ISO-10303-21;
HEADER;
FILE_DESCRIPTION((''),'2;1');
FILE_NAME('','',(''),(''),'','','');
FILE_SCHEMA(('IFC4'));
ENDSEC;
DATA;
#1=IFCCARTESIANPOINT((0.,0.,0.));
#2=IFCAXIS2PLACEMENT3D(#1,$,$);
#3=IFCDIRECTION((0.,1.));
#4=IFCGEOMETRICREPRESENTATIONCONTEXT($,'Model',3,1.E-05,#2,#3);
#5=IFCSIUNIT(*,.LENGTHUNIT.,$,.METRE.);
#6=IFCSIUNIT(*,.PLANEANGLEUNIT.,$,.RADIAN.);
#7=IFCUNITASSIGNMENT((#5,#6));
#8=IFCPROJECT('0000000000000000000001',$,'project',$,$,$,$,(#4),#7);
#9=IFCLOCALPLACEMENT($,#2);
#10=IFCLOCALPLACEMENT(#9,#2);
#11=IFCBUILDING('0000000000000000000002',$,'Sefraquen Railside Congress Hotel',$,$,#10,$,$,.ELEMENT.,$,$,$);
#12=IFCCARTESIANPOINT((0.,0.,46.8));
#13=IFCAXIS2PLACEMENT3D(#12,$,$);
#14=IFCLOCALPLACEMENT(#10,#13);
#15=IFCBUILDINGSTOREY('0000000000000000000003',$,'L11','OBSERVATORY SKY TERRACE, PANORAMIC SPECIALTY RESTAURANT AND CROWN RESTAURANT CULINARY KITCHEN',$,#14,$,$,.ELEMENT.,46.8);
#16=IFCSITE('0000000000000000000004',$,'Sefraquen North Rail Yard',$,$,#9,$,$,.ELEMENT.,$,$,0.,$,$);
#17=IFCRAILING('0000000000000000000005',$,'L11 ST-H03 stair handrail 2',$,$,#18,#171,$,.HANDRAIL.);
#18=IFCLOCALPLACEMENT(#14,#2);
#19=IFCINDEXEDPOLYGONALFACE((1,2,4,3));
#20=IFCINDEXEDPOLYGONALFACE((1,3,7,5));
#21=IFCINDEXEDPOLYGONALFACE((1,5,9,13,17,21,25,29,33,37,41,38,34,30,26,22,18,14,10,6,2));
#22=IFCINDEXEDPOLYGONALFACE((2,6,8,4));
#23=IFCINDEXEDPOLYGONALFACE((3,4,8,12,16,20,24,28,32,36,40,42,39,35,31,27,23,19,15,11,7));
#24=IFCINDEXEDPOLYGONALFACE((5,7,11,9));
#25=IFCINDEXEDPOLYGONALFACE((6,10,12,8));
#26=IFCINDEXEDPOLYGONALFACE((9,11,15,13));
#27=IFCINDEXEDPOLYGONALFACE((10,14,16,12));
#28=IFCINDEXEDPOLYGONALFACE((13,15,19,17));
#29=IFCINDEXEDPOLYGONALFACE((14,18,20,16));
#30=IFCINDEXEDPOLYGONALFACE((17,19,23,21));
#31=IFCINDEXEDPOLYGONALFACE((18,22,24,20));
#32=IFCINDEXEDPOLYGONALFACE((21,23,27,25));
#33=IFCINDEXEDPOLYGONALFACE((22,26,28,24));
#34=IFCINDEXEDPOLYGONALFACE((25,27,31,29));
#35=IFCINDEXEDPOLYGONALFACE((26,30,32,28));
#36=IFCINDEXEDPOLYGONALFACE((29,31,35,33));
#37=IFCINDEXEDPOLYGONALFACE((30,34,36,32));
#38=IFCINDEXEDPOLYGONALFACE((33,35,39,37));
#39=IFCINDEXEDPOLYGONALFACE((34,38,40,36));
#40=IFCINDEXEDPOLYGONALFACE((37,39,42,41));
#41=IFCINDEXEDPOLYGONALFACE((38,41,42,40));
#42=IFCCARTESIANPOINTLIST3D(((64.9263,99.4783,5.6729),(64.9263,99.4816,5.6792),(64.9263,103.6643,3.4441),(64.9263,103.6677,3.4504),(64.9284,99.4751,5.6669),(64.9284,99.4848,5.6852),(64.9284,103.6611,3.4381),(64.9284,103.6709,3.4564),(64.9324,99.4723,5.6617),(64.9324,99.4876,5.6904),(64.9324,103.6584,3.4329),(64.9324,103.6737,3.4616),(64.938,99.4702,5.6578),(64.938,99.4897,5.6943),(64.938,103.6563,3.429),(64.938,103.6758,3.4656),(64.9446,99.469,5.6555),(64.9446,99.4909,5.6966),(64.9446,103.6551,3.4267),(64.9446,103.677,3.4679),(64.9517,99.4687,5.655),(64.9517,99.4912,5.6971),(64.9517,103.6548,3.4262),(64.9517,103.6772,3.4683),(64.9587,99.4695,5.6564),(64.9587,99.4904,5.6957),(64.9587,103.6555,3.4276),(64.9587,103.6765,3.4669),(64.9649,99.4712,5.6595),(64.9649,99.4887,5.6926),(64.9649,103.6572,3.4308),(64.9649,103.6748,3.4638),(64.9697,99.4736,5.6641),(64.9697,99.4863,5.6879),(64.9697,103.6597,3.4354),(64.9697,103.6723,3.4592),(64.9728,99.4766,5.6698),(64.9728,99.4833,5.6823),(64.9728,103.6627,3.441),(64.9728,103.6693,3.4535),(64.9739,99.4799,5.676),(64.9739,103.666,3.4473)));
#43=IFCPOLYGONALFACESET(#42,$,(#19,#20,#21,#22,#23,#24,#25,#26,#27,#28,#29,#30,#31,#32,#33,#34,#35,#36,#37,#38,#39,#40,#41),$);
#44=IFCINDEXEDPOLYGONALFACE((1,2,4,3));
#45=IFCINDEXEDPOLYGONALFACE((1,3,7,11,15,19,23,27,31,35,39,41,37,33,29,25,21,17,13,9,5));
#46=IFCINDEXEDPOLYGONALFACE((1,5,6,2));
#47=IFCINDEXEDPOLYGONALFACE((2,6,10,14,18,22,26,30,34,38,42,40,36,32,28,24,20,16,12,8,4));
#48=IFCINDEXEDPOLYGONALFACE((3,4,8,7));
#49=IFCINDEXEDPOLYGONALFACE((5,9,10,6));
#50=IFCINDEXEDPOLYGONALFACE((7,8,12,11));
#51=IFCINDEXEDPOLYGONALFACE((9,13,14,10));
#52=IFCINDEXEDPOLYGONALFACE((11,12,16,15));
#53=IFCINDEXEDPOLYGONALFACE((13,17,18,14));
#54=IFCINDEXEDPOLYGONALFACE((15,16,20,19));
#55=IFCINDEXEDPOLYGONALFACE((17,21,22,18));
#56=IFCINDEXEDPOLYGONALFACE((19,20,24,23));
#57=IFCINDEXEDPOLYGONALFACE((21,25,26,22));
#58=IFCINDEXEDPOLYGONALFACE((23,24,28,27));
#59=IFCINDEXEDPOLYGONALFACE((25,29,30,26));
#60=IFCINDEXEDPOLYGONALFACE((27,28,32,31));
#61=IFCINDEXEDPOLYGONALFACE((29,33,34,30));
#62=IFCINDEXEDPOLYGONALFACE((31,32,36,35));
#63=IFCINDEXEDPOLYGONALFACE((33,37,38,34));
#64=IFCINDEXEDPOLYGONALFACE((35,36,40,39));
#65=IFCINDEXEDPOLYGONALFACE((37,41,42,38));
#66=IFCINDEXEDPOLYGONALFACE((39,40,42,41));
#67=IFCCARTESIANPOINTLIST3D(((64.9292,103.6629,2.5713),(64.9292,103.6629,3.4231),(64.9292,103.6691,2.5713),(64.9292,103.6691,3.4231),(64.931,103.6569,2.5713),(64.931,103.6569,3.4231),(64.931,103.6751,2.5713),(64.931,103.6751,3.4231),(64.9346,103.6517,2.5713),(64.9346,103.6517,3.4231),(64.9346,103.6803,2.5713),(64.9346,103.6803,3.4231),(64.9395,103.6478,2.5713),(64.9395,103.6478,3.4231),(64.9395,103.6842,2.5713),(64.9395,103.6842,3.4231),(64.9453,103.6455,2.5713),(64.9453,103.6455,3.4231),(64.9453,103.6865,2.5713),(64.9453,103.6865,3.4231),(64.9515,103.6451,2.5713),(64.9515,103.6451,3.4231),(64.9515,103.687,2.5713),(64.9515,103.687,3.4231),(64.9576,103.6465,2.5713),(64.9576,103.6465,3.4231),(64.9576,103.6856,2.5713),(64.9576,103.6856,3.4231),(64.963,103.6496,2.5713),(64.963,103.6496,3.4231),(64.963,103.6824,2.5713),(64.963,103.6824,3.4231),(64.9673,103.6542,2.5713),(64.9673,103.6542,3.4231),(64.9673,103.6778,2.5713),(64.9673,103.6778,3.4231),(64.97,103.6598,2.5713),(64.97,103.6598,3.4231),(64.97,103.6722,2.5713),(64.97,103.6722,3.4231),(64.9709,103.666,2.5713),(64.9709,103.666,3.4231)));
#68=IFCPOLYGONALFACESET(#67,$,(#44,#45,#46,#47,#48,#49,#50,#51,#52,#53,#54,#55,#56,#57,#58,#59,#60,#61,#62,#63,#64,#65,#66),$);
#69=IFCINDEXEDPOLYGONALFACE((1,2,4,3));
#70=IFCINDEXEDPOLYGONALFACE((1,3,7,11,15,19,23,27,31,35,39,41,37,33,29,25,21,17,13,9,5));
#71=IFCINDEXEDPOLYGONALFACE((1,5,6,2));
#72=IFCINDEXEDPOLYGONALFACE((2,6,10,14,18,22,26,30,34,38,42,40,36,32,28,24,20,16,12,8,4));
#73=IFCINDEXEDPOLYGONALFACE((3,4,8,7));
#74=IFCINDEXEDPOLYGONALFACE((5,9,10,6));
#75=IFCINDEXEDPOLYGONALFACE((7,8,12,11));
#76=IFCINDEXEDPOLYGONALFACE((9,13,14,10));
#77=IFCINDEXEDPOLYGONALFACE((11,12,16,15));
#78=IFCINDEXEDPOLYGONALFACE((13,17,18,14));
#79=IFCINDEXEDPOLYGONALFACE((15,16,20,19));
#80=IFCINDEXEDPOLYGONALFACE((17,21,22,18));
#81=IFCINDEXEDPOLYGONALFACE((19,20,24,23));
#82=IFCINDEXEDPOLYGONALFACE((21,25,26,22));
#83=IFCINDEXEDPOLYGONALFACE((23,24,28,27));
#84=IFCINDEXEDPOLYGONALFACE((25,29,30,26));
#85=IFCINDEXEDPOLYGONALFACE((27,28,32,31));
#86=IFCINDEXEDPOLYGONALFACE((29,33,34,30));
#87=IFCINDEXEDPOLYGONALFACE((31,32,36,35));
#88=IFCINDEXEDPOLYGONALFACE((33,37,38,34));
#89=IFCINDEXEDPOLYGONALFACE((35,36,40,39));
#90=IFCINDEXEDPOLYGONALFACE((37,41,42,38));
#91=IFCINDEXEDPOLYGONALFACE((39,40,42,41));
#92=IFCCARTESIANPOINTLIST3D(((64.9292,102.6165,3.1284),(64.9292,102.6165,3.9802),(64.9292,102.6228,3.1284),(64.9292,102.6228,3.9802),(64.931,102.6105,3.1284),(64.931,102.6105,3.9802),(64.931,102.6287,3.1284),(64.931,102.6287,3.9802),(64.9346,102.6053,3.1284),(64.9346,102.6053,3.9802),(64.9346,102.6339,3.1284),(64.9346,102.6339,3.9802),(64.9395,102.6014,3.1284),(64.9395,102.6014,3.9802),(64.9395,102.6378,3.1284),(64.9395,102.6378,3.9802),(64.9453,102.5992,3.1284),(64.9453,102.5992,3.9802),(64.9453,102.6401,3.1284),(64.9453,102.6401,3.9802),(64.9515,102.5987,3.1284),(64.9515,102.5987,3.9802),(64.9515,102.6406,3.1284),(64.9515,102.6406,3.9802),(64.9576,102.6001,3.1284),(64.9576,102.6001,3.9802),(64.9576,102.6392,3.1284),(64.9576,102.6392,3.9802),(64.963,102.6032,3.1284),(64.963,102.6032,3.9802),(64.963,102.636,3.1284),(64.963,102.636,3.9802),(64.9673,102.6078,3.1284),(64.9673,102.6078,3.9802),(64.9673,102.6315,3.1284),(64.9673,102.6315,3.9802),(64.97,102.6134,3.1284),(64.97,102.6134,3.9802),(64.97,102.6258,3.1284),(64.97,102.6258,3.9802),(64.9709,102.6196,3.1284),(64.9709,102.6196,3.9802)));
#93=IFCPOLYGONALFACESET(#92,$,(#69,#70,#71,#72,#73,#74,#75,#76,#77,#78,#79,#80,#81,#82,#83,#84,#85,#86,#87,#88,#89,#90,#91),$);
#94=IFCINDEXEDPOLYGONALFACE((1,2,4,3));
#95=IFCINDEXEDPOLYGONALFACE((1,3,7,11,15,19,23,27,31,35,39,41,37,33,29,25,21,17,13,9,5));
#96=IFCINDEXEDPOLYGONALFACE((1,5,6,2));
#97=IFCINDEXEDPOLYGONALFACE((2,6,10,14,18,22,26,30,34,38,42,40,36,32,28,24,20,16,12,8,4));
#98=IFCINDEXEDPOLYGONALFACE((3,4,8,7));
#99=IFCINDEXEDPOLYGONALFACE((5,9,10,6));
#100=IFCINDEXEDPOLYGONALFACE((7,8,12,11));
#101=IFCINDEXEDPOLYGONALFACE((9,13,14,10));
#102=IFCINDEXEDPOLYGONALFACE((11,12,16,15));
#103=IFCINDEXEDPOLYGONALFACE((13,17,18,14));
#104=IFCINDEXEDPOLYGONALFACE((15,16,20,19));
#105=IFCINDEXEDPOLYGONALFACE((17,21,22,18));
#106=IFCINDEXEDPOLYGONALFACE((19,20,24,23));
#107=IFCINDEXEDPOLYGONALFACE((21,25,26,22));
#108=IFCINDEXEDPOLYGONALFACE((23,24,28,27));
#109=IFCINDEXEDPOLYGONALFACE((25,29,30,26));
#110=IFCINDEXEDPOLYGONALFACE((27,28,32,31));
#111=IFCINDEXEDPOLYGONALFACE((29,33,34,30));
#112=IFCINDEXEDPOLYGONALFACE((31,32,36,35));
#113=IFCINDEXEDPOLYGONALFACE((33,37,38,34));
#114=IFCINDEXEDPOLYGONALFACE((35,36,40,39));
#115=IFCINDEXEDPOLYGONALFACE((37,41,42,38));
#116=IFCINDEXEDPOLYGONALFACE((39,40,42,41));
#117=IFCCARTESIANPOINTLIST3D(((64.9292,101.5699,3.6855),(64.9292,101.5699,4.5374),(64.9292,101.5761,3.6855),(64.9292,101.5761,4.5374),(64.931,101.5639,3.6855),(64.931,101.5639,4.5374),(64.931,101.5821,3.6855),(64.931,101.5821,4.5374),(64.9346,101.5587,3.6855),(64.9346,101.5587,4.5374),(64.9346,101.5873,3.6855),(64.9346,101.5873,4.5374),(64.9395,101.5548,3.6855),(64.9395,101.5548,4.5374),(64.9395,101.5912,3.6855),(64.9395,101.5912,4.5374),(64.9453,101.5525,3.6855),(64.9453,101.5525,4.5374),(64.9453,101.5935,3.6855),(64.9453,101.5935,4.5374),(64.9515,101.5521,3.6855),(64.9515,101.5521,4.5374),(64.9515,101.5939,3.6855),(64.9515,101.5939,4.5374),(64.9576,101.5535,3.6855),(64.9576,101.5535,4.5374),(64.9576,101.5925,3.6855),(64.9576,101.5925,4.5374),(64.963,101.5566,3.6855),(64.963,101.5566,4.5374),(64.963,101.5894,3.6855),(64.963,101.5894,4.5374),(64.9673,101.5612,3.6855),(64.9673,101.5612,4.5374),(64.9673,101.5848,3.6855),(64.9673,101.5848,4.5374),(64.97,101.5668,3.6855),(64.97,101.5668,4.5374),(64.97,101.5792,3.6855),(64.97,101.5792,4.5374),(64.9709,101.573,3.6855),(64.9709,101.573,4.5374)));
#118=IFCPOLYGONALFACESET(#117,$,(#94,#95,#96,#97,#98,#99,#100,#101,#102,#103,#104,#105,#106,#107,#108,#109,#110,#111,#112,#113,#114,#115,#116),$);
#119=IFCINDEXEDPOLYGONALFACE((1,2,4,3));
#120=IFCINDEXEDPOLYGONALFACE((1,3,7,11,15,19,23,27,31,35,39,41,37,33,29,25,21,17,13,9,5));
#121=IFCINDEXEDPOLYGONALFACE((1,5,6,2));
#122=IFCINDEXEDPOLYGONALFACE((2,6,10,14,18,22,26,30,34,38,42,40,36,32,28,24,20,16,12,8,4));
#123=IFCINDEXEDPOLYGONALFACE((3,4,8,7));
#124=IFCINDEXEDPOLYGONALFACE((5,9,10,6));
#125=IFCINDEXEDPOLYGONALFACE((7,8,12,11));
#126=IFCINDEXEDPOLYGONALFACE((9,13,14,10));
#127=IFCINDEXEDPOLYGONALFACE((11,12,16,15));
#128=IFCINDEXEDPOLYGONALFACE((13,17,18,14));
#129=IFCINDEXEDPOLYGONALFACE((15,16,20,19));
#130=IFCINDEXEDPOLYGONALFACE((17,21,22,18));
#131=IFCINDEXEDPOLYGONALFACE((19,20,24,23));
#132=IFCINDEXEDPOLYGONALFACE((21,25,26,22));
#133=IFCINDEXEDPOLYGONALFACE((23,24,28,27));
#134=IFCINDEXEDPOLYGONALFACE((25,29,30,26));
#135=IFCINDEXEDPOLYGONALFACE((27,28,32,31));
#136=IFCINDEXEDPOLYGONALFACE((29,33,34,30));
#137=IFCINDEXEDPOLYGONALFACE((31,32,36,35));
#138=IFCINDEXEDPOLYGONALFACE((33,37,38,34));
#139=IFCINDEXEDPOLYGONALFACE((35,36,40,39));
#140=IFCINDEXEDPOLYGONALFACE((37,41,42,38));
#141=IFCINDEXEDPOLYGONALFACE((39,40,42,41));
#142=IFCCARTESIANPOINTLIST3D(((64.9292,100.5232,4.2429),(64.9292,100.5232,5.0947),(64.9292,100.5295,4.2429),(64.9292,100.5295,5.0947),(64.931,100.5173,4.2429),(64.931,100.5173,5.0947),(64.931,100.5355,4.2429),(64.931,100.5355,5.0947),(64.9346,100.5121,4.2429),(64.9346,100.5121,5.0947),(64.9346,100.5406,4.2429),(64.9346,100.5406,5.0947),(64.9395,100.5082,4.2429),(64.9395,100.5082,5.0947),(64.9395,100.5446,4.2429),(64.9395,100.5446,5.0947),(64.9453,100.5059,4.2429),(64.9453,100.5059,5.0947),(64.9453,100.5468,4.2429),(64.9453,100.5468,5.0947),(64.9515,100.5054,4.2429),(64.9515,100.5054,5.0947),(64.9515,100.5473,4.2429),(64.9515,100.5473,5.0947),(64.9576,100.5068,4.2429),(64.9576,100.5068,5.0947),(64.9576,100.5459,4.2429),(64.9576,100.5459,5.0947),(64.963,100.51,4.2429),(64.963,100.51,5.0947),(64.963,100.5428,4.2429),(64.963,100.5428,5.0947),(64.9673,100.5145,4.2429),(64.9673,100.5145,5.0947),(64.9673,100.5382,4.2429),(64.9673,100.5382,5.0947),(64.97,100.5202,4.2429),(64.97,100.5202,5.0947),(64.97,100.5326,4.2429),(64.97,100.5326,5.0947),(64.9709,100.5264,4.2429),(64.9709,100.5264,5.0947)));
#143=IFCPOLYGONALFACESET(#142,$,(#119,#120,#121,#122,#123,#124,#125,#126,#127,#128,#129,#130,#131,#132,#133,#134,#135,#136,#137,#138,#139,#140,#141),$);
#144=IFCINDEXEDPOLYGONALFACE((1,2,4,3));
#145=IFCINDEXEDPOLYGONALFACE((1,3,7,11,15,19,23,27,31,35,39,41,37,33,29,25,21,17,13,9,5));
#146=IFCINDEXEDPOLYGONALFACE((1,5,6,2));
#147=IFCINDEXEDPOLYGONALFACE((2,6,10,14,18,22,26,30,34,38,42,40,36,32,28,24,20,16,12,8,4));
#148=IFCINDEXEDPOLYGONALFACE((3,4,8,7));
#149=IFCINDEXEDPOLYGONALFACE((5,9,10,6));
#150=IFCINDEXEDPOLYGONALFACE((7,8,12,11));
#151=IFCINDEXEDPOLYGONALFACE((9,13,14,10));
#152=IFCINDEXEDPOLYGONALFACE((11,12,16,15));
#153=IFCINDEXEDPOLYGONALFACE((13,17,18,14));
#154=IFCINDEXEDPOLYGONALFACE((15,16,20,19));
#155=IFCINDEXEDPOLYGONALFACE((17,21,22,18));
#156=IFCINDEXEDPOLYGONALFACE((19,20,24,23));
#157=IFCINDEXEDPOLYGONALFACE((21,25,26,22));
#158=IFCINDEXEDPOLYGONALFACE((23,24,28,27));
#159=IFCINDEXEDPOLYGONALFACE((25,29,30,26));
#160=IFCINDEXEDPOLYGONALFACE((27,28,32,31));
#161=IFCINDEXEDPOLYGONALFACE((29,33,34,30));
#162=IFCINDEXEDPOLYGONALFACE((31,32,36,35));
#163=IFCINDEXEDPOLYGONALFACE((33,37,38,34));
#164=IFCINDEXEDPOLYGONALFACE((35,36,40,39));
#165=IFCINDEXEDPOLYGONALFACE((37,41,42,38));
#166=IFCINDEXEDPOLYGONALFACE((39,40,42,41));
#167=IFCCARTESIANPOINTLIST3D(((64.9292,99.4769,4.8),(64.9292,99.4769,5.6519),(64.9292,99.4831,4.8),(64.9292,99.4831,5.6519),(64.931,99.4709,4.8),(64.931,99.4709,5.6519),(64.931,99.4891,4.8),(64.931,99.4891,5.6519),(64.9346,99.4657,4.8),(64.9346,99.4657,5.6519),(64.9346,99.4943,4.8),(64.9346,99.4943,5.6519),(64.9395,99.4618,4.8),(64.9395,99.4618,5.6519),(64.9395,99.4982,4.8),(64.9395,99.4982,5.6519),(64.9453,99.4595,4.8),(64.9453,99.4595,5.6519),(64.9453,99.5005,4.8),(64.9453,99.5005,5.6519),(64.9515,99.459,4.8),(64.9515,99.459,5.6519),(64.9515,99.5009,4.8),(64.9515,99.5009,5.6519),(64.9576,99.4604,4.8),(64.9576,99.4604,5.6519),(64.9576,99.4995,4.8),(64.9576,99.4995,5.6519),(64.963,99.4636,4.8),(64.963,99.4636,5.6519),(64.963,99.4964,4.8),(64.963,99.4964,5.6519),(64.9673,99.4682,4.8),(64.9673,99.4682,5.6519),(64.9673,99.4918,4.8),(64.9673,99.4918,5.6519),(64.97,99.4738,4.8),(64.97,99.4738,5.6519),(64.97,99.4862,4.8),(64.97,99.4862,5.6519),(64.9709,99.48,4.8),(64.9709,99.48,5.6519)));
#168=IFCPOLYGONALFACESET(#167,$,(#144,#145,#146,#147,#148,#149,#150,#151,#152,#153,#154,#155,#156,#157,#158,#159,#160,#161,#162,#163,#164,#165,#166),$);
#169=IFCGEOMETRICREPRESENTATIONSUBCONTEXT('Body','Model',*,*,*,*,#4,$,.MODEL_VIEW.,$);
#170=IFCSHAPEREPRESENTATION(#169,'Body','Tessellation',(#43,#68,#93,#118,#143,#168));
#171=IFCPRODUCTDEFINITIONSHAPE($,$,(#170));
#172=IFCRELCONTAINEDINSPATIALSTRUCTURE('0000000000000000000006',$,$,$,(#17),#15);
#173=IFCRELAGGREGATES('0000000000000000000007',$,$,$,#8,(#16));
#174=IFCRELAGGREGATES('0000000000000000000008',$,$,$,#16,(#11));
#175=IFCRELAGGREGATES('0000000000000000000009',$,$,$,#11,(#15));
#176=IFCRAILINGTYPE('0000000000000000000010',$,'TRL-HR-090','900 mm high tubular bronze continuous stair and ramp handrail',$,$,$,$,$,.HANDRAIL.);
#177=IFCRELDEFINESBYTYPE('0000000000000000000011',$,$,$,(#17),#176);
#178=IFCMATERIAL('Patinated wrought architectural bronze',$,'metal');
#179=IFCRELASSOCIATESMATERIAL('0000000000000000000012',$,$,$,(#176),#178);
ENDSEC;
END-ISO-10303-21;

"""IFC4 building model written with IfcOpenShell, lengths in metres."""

from ifc_helpers import new_model, si_unit, direction, frame, origin, origin_2d, place, context, subcontext, project, spatial, circle, extrude, material, type_object, element, save


model = new_model("IFC4")

# Units and contexts
model_context = context("Model", 3, precision=1e-05, world=origin(), true_north=direction((0.0, 1.0)))
body_context = subcontext(model_context, "Body", "Model", "MODEL_VIEW")
ifc_project = project(units=[si_unit("LENGTHUNIT", "METRE"), si_unit("PLANEANGLEUNIT", "RADIAN")], contexts=[model_context])

# Site, building, storey
site_placement = place(None, origin())
site = spatial("IfcSite", under=ifc_project, at=site_placement, Name="Sefraquen North Rail Yard", CompositionType="ELEMENT", RefElevation=0.0)
building_placement = place(site_placement, origin())
building = spatial("IfcBuilding", under=site, at=building_placement, Name="Sefraquen Railside Congress Hotel", CompositionType="ELEMENT")
storey_placement = place(building_placement, frame((0.0, 0.0, 46.8)))
storey = spatial("IfcBuildingStorey", under=building, at=storey_placement, Name="L11", Description="OBSERVATORY SKY TERRACE, PANORAMIC SPECIALTY RESTAURANT AND CROWN RESTAURANT CULINARY KITCHEN", CompositionType="ELEMENT", Elevation=46.8)

# Railing
ifc_material_1 = material(Name="Patinated wrought architectural bronze", Category="metal")
railing_type_1 = type_object("IfcRailingType", Name="TRL-HR-090", Description="900 mm high tubular bronze continuous stair and ramp handrail", PredefinedType="HANDRAIL", material=ifc_material_1)
railing_1_placement = place(storey_placement, frame((64.95, 103.666, 2.5713)))
element("IfcRailing", 1, at=railing_1_placement, inside=storey, type_object=railing_type_1, Name="L11 ST-H03 stair handrail 2", PredefinedType="HANDRAIL", context=body_context, shape_type="SweptSolid", body=[
    extrude(circle(Radius=0.0239, at=origin_2d()), frame((0.0, 0.0, 0.876), z_axis=(0.0, -0.882685, 0.469966), x_axis=(1.0, 0.0, 0.0)), (0.0, 0.0, 1.0), 4.7424),
    extrude(circle(Radius=0.021, at=origin_2d()), origin(), (0.0, 0.0, 1.0), 0.8518),
    extrude(circle(Radius=0.021, at=origin_2d()), frame((0.0, -1.0464, 0.5571)), (0.0, 0.0, 1.0), 0.8518),
    extrude(circle(Radius=0.021, at=origin_2d()), frame((0.0, -2.093, 1.1143)), (0.0, 0.0, 1.0), 0.8518),
    extrude(circle(Radius=0.021, at=origin_2d()), frame((0.0, -3.1396, 1.6716)), (0.0, 0.0, 1.0), 0.8518),
    extrude(circle(Radius=0.021, at=origin_2d()), frame((0.0, -4.186, 2.2288)), (0.0, 0.0, 1.0), 0.8518),
])

save(model, "model.ifc")
